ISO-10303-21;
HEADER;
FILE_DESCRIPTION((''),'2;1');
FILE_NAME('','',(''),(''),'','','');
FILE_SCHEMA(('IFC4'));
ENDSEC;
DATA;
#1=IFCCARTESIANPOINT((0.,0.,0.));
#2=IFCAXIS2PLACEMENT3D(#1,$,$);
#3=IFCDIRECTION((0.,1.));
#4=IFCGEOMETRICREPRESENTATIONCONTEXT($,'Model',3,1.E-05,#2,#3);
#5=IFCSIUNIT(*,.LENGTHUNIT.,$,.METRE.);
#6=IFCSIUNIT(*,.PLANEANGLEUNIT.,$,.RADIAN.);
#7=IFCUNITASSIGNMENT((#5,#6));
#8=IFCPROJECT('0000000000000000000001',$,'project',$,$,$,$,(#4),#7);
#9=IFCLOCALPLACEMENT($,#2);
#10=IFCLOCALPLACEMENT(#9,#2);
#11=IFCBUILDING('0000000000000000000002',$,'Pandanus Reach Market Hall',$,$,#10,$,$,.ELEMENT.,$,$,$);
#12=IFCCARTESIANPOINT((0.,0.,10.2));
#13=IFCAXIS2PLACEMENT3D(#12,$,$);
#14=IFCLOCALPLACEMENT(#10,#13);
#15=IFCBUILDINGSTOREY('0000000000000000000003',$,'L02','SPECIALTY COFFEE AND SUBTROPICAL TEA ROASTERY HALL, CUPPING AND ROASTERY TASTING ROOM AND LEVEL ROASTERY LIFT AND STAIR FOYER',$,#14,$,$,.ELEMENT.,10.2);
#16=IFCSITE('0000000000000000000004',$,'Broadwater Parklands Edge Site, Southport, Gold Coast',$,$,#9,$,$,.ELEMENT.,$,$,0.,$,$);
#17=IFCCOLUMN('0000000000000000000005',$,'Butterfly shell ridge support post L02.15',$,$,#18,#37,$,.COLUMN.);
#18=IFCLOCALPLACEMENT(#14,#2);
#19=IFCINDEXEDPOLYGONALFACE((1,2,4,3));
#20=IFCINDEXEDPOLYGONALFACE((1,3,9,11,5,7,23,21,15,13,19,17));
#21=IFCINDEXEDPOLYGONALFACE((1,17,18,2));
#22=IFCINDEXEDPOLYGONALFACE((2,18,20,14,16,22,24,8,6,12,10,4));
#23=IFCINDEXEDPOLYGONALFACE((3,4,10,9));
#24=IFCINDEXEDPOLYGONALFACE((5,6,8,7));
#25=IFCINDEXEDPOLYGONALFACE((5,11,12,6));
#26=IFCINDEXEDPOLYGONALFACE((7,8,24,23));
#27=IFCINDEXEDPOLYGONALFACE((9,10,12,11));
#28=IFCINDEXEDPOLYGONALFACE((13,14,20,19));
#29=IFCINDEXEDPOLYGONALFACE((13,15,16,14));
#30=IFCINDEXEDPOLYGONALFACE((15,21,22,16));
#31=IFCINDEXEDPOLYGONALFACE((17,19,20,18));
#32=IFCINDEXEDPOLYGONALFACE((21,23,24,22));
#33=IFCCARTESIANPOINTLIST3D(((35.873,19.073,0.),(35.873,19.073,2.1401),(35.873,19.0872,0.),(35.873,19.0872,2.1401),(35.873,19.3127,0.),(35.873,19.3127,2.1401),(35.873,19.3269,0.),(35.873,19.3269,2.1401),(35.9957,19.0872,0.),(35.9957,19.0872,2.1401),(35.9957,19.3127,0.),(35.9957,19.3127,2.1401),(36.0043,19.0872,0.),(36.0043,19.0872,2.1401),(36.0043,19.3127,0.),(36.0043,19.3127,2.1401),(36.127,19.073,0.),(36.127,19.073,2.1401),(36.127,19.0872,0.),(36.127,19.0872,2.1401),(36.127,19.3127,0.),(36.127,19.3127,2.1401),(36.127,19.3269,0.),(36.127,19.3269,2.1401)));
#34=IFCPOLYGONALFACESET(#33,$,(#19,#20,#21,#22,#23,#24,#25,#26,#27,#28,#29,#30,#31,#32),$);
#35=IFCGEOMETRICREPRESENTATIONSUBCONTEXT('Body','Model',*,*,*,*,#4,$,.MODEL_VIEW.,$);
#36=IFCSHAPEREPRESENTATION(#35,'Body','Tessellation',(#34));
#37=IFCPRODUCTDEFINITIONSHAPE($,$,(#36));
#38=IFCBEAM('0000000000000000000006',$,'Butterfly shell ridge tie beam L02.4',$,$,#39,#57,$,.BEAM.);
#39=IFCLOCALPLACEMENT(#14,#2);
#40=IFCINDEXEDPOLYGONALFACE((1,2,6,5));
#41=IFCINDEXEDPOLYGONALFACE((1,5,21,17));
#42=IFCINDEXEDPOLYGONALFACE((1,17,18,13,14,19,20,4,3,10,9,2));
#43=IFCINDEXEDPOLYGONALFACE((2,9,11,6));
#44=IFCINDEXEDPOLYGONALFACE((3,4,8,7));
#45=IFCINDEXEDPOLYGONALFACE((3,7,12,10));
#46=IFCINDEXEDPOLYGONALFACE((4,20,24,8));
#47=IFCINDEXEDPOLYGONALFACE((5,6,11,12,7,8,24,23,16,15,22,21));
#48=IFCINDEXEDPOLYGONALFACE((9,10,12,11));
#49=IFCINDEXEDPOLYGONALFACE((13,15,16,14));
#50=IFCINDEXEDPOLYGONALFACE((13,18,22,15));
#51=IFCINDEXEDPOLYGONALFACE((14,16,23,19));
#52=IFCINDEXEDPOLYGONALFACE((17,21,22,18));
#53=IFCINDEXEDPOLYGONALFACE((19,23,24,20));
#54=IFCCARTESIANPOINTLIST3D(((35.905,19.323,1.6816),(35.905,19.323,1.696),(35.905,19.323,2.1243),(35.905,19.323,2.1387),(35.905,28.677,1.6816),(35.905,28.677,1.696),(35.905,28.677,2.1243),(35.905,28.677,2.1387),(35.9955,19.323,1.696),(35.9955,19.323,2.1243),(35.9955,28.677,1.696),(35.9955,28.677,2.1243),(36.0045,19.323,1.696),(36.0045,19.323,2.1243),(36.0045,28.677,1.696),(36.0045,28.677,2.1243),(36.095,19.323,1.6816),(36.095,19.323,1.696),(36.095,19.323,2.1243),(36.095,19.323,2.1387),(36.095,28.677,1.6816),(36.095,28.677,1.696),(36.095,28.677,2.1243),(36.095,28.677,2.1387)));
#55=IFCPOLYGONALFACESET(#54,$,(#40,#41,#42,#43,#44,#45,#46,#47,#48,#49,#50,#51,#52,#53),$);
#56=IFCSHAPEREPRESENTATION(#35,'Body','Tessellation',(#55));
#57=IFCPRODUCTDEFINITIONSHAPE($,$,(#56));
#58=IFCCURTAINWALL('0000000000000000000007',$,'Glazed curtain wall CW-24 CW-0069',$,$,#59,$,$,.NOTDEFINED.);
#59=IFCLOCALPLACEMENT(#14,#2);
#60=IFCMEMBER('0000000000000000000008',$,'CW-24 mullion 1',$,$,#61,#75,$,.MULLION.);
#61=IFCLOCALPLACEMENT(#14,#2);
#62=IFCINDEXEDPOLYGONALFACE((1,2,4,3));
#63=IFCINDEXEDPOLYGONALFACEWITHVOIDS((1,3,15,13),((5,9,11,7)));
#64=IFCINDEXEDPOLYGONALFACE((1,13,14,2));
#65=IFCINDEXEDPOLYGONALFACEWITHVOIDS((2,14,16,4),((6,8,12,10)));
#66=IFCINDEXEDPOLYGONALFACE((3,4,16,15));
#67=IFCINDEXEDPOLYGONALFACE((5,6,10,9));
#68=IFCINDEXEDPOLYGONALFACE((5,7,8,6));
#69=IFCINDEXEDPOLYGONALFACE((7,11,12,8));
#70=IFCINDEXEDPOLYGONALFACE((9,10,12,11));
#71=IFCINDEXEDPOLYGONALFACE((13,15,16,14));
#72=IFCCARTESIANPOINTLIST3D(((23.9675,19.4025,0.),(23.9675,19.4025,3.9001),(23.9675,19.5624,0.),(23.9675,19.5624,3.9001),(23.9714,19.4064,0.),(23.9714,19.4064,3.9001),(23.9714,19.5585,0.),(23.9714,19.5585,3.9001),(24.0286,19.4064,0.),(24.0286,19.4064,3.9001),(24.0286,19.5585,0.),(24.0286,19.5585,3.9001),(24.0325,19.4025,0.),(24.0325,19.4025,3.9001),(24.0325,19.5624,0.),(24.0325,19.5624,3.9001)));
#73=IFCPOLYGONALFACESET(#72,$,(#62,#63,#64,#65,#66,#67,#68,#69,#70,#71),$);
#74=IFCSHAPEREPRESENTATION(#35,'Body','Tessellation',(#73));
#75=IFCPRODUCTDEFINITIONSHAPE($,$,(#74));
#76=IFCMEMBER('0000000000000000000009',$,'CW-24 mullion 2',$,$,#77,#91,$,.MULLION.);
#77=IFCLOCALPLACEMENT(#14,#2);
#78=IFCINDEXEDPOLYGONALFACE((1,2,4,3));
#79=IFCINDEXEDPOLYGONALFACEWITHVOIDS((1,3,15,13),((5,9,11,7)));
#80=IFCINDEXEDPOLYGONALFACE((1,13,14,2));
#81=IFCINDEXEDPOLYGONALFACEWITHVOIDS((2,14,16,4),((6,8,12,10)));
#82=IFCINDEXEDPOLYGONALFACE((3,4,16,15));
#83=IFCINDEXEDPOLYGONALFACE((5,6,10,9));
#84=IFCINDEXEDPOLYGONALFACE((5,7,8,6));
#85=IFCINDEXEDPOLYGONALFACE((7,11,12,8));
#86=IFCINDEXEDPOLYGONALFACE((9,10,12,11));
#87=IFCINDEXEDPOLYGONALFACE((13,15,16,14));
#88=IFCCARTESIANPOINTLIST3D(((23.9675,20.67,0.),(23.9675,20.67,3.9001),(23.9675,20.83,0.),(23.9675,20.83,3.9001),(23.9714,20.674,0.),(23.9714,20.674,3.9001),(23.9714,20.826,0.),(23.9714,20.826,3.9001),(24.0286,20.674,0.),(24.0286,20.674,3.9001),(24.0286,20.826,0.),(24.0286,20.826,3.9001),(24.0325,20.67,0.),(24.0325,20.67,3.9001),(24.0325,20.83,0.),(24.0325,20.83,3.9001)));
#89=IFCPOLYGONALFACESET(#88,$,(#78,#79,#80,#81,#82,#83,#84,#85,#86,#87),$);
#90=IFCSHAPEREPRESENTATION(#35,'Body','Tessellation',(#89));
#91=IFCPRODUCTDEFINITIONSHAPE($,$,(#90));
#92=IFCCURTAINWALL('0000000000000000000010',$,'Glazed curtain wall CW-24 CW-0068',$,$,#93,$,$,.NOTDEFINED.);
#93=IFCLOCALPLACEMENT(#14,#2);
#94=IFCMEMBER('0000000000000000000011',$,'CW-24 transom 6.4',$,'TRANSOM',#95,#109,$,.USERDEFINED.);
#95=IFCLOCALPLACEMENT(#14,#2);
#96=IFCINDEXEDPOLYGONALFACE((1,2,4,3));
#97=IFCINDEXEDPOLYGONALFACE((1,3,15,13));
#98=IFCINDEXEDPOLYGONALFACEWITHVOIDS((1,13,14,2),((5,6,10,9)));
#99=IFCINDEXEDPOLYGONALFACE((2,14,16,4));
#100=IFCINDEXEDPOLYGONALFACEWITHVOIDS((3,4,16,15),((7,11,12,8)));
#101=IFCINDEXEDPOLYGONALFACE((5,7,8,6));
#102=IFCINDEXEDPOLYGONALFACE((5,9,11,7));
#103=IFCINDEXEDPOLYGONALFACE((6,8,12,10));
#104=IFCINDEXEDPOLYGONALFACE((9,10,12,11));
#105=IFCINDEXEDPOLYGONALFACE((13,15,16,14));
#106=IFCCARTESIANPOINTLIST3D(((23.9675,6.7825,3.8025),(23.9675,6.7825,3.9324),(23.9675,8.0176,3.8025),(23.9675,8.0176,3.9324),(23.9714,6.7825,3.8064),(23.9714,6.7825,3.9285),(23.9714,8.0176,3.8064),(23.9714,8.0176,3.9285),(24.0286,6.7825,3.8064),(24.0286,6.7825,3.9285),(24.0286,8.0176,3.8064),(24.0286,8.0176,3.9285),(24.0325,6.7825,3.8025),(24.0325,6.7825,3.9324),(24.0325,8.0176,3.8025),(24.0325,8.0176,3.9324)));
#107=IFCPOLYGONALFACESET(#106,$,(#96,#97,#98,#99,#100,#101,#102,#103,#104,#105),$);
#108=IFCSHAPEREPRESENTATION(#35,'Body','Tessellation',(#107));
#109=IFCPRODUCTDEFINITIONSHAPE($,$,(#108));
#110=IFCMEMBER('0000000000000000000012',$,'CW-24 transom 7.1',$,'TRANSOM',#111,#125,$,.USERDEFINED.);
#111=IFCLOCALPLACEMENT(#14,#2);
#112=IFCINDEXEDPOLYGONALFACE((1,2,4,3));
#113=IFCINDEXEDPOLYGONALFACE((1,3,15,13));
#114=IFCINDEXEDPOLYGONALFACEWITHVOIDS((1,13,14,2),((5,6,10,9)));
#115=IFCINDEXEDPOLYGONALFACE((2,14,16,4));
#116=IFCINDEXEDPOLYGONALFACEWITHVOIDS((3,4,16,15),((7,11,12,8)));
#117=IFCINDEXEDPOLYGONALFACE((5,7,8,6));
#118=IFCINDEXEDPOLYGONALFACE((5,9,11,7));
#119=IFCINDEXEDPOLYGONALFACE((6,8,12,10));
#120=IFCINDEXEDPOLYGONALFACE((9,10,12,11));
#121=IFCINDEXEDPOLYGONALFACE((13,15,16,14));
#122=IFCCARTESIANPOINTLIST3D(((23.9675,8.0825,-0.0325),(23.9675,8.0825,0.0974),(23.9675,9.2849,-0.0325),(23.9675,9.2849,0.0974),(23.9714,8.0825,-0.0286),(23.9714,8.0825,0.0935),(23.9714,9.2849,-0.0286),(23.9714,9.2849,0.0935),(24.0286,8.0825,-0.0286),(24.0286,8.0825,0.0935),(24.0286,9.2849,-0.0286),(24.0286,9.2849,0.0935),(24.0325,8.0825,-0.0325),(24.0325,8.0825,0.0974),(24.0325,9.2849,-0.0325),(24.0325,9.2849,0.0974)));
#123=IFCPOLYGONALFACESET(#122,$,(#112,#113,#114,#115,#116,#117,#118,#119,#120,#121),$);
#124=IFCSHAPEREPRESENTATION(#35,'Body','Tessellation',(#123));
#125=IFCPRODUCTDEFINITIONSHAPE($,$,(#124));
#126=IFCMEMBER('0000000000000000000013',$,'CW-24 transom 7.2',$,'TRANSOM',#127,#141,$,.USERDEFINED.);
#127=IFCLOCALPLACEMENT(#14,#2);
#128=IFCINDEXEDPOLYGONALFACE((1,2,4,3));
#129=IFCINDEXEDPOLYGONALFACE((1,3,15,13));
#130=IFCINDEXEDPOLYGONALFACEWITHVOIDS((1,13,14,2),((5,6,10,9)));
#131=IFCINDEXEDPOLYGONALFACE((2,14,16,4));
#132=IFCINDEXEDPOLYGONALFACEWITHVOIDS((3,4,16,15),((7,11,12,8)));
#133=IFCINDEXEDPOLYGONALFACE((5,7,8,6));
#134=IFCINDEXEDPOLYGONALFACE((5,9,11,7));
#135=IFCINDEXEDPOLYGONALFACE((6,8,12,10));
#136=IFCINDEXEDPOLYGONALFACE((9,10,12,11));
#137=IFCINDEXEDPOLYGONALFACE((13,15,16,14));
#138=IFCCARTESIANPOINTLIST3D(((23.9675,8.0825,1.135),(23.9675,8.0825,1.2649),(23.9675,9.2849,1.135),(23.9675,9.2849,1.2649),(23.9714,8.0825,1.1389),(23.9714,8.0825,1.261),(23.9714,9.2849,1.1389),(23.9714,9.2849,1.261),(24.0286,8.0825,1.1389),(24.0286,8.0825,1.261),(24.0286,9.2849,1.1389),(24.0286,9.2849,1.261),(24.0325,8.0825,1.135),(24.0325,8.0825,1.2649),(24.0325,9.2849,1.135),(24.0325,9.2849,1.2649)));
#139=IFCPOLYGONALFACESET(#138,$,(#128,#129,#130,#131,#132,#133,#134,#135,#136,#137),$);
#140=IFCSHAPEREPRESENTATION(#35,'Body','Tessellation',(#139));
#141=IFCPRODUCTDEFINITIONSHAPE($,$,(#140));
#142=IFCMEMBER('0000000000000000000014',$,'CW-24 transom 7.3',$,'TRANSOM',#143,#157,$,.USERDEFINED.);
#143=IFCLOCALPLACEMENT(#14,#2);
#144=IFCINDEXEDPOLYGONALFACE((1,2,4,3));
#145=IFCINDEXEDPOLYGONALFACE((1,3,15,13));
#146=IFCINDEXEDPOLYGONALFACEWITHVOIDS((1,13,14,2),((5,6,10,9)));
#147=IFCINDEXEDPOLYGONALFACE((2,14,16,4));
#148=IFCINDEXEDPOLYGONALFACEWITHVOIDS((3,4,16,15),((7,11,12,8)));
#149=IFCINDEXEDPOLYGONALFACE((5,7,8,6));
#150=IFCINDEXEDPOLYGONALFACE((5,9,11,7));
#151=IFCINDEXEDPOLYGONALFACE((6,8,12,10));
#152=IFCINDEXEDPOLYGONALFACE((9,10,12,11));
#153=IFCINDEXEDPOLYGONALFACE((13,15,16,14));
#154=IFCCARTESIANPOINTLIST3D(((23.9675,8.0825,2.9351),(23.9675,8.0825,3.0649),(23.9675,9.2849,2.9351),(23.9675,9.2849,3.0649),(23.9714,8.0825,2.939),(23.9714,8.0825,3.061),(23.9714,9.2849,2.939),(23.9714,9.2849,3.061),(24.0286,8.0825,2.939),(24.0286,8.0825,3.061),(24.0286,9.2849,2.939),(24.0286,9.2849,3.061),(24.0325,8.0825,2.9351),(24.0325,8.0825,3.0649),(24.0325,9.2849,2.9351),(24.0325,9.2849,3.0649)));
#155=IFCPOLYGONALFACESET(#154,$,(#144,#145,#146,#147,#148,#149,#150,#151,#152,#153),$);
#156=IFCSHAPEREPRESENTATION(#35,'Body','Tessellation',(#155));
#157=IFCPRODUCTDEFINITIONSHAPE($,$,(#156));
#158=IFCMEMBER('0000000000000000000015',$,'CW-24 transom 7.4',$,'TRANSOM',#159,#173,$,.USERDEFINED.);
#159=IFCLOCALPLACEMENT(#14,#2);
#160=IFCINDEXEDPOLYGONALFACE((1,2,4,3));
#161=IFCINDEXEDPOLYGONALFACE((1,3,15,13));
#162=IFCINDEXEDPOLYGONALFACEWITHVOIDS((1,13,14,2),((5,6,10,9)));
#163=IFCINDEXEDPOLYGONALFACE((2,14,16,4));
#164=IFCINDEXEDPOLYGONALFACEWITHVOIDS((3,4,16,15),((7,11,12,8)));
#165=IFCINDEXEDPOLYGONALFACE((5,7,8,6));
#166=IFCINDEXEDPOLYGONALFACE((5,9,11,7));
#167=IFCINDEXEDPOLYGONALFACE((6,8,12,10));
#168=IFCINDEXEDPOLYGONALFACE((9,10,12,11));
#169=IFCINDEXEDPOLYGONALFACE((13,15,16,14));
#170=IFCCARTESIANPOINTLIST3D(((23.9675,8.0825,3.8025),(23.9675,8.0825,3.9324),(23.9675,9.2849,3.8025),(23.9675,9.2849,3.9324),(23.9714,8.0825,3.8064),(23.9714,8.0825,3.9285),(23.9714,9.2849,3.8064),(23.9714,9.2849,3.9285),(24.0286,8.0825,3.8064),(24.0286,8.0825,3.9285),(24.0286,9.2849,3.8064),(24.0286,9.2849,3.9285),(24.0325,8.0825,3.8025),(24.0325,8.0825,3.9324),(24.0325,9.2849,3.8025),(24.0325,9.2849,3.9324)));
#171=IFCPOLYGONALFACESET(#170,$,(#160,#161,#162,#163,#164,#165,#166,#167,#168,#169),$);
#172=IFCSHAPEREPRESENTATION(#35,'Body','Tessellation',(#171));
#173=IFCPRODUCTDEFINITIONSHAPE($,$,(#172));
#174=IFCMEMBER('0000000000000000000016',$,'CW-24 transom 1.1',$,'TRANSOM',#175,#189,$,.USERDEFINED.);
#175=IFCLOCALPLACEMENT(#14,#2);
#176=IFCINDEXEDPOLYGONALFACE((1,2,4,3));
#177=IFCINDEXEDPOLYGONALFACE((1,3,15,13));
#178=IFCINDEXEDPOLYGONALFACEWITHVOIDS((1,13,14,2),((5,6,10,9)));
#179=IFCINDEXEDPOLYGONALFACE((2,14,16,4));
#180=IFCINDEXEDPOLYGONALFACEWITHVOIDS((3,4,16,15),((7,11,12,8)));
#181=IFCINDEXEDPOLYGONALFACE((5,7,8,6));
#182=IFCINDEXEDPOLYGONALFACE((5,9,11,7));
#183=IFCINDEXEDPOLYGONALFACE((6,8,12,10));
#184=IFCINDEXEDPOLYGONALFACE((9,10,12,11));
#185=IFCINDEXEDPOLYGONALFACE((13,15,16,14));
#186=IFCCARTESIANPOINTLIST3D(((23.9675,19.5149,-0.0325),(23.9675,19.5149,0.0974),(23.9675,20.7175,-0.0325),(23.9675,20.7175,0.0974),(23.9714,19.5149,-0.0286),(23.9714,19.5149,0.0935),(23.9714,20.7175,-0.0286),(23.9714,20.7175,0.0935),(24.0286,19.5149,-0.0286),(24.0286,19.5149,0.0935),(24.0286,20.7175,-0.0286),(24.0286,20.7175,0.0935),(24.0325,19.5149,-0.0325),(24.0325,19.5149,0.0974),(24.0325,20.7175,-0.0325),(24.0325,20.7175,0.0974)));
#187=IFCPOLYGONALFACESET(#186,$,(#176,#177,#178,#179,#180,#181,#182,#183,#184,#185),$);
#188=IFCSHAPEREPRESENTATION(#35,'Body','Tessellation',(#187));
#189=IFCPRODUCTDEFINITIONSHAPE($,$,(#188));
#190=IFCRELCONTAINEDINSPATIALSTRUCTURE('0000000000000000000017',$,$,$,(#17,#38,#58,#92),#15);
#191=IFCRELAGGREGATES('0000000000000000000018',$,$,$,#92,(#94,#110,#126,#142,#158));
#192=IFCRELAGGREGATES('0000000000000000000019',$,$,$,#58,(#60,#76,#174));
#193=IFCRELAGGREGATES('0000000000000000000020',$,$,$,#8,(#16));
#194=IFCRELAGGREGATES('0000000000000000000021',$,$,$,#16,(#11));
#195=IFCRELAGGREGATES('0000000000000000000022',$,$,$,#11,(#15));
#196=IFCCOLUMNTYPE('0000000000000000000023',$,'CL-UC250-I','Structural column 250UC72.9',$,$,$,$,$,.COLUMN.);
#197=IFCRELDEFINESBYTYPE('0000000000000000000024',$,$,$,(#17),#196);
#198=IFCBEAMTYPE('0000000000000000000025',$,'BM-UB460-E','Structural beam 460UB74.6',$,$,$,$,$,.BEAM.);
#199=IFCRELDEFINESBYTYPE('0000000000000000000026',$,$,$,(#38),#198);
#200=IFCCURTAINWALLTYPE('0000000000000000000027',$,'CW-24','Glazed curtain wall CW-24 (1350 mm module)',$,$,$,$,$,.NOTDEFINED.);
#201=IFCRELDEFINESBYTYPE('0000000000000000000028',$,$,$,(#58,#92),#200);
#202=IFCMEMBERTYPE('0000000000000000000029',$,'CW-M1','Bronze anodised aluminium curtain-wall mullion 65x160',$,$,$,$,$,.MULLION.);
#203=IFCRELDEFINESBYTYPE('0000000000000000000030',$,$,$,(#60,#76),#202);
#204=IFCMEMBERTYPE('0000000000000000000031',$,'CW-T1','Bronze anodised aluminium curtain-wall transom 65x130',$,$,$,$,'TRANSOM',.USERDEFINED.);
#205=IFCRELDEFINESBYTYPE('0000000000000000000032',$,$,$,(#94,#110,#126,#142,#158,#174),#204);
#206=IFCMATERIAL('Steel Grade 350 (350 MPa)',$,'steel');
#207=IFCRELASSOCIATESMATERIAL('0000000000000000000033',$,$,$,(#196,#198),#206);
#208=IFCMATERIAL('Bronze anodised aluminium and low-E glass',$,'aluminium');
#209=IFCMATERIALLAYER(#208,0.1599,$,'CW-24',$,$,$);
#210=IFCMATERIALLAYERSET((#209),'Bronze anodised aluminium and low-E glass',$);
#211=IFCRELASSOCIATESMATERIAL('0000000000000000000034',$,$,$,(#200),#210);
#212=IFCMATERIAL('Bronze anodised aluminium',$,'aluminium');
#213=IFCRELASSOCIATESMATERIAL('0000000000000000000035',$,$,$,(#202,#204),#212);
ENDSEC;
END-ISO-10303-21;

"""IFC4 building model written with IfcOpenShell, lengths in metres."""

from ifc_helpers import new_model, si_unit, direction, frame, origin, origin_2d, place, context, subcontext, project, spatial, hollow_rectangle, i_section, extrude, material, layer, layer_set, material_profile, profile_set, type_object, element, aggregate, save


model = new_model("IFC4")

# Units and contexts
model_context = context("Model", 3, precision=1e-05, world=origin(), true_north=direction((0.0, 1.0)))
body_context = subcontext(model_context, "Body", "Model", "MODEL_VIEW")
ifc_project = project(units=[si_unit("LENGTHUNIT", "METRE"), si_unit("PLANEANGLEUNIT", "RADIAN")], contexts=[model_context])

# Site, building, storey
site_placement = place(None, origin())
site = spatial("IfcSite", under=ifc_project, at=site_placement, Name="Broadwater Parklands Edge Site, Southport, Gold Coast", CompositionType="ELEMENT", RefElevation=0.0)
building_placement = place(site_placement, origin())
building = spatial("IfcBuilding", under=site, at=building_placement, Name="Pandanus Reach Market Hall", CompositionType="ELEMENT")
storey_placement = place(building_placement, frame((0.0, 0.0, 10.2)))
storey = spatial("IfcBuildingStorey", under=building, at=storey_placement, Name="L02", Description="SPECIALTY COFFEE AND SUBTROPICAL TEA ROASTERY HALL, CUPPING AND ROASTERY TASTING ROOM AND LEVEL ROASTERY LIFT AND STAIR FOYER", CompositionType="ELEMENT", Elevation=10.2)

# Column
ifc_material_1 = material(Name="Steel Grade 350 (350 MPa)", Category="steel")
ifc_material_profile_1 = material_profile(ifc_material_1, i_section(OverallWidth=0.2539, OverallDepth=0.2539, WebThickness=0.0085, FlangeThickness=0.0142, at=origin_2d()), Name="250UC72.9", Category="LoadBearing")
ifc_profile_set_1 = profile_set([ifc_material_profile_1], Name="Steel Grade 350 (350 MPa)")
column_type = type_object("IfcColumnType", Name="CL-UC250-I", Description="Structural column 250UC72.9", PredefinedType="COLUMN", material=ifc_profile_set_1)
column_placement = place(storey_placement, frame((36.0, 19.2, 0.0), z_axis=(0.0, 0.0, 1.0), x_axis=(1.0, 0.0, 0.0)))
element("IfcColumn", 1, at=column_placement, inside=storey, type_object=column_type, Name="Butterfly shell ridge support post L02.15", PredefinedType="COLUMN", context=body_context, shape_type="SweptSolid", body=[
    extrude(i_section(OverallWidth=0.2539, OverallDepth=0.2539, WebThickness=0.0085, FlangeThickness=0.0142, at=origin_2d()), origin(), (0.0, 0.0, 1.0), 2.1401),
])

# Beam
ifc_material_profile_2 = material_profile(ifc_material_1, i_section(OverallWidth=0.1899, OverallDepth=0.457, WebThickness=0.009, FlangeThickness=0.0144, at=origin_2d()), Name="460UB74.6", Category="LoadBearing")
ifc_profile_set_2 = profile_set([ifc_material_profile_2], Name="Steel Grade 350 (350 MPa)")
beam_type = type_object("IfcBeamType", Name="BM-UB460-E", Description="Structural beam 460UB74.6", PredefinedType="BEAM", material=ifc_profile_set_2)
beam_placement = place(storey_placement, frame((36.0, 19.323, 1.9102), z_axis=(0.0, 1.0, 0.0), x_axis=(-1.0, 0.0, 0.0)))
element("IfcBeam", 2, at=beam_placement, inside=storey, type_object=beam_type, Name="Butterfly shell ridge tie beam L02.4", PredefinedType="BEAM", context=body_context, shape_type="SweptSolid", body=[
    extrude(i_section(OverallWidth=0.1899, OverallDepth=0.457, WebThickness=0.009, FlangeThickness=0.0144, at=origin_2d()), origin(), (0.0, 0.0, 1.0), 9.354),
])

# Curtain walls, members
ifc_material_2 = material(Name="Bronze anodised aluminium and low-E glass", Category="aluminium")
ifc_layer_1 = layer(ifc_material_2, 0.1599, Name="CW-24")
ifc_layer_set_1 = layer_set([ifc_layer_1], Name="Bronze anodised aluminium and low-E glass")
curtain_wall_type = type_object("IfcCurtainWallType", Name="CW-24", Description="Glazed curtain wall CW-24 (1350 mm module)", PredefinedType="NOTDEFINED", material=ifc_layer_set_1)
curtain_wall_1_placement = place(storey_placement, origin())
curtain_wall_1 = element("IfcCurtainWall", 3, at=curtain_wall_1_placement, inside=storey, type_object=curtain_wall_type, Name="Glazed curtain wall CW-24 CW-0069", PredefinedType="NOTDEFINED")
ifc_material_3 = material(Name="Bronze anodised aluminium", Category="aluminium")
ifc_material_profile_3 = material_profile(ifc_material_3, hollow_rectangle(XDim=0.0649, YDim=0.1599, WallThickness=0.0039, at=origin_2d()), Name="ALU65x160", Category="LoadBearing")
ifc_profile_set_3 = profile_set([ifc_material_profile_3], Name="Bronze anodised aluminium")
member_type_1 = type_object("IfcMemberType", Name="CW-M1", Description="Bronze anodised aluminium curtain-wall mullion 65x160", PredefinedType="MULLION", material=ifc_profile_set_3)
member_1_placement = place(storey_placement, frame((24.0, 19.4824, 0.0), z_axis=(0.0, 0.0, 1.0), x_axis=(-1.0, 0.0, 0.0)))
member_1 = element("IfcMember", 4, at=member_1_placement, type_object=member_type_1, Name="CW-24 mullion 1", PredefinedType="MULLION", context=body_context, shape_type="SweptSolid", body=[
    extrude(hollow_rectangle(XDim=0.0649, YDim=0.1599, WallThickness=0.0039, at=origin_2d()), origin(), (0.0, 0.0, 1.0), 3.9001),
])
member_2_placement = place(storey_placement, frame((24.0, 20.75, 0.0), z_axis=(0.0, 0.0, 1.0), x_axis=(-1.0, 0.0, 0.0)))
member_2 = element("IfcMember", 5, at=member_2_placement, type_object=member_type_1, Name="CW-24 mullion 2", PredefinedType="MULLION", context=body_context, shape_type="SweptSolid", body=[
    extrude(hollow_rectangle(XDim=0.0649, YDim=0.1599, WallThickness=0.0039, at=origin_2d()), origin(), (0.0, 0.0, 1.0), 3.9001),
])
curtain_wall_2_placement = place(storey_placement, origin())
curtain_wall_2 = element("IfcCurtainWall", 6, at=curtain_wall_2_placement, inside=storey, type_object=curtain_wall_type, Name="Glazed curtain wall CW-24 CW-0068", PredefinedType="NOTDEFINED")
ifc_material_profile_4 = material_profile(ifc_material_3, hollow_rectangle(XDim=0.0649, YDim=0.1299, WallThickness=0.0039, at=origin_2d()), Name="ALU65x130", Category="LoadBearing")
ifc_profile_set_4 = profile_set([ifc_material_profile_4], Name="Bronze anodised aluminium")
member_type_2 = type_object("IfcMemberType", Name="CW-T1", Description="Bronze anodised aluminium curtain-wall transom 65x130", ElementType="TRANSOM", PredefinedType="USERDEFINED", material=ifc_profile_set_4)
member_3_placement = place(storey_placement, frame((24.0, 6.7825, 3.8674), z_axis=(0.0, 1.0, 0.0), x_axis=(-1.0, 0.0, 0.0)))
member_3 = element("IfcMember", 7, at=member_3_placement, type_object=member_type_2, Name="CW-24 transom 6.4", ObjectType="TRANSOM", PredefinedType="USERDEFINED", context=body_context, shape_type="SweptSolid", body=[
    extrude(hollow_rectangle(XDim=0.0649, YDim=0.1299, WallThickness=0.0039, at=origin_2d()), origin(), (0.0, 0.0, 1.0), 1.2351),
])
member_4_placement = place(storey_placement, frame((24.0, 8.0825, 0.0325), z_axis=(0.0, 1.0, 0.0), x_axis=(-1.0, 0.0, 0.0)))
member_4 = element("IfcMember", 8, at=member_4_placement, type_object=member_type_2, Name="CW-24 transom 7.1", ObjectType="TRANSOM", PredefinedType="USERDEFINED", context=body_context, shape_type="SweptSolid", body=[
    extrude(hollow_rectangle(XDim=0.0649, YDim=0.1299, WallThickness=0.0039, at=origin_2d()), origin(), (0.0, 0.0, 1.0), 1.2024),
])
member_5_placement = place(storey_placement, frame((24.0, 8.0825, 1.2), z_axis=(0.0, 1.0, 0.0), x_axis=(-1.0, 0.0, 0.0)))
member_5 = element("IfcMember", 9, at=member_5_placement, type_object=member_type_2, Name="CW-24 transom 7.2", ObjectType="TRANSOM", PredefinedType="USERDEFINED", context=body_context, shape_type="SweptSolid", body=[
    extrude(hollow_rectangle(XDim=0.0649, YDim=0.1299, WallThickness=0.0039, at=origin_2d()), origin(), (0.0, 0.0, 1.0), 1.2024),
])
member_6_placement = place(storey_placement, frame((24.0, 8.0825, 3.0), z_axis=(0.0, 1.0, 0.0), x_axis=(-1.0, 0.0, 0.0)))
member_6 = element("IfcMember", 10, at=member_6_placement, type_object=member_type_2, Name="CW-24 transom 7.3", ObjectType="TRANSOM", PredefinedType="USERDEFINED", context=body_context, shape_type="SweptSolid", body=[
    extrude(hollow_rectangle(XDim=0.0649, YDim=0.1299, WallThickness=0.0039, at=origin_2d()), origin(), (0.0, 0.0, 1.0), 1.2024),
])
member_7_placement = place(storey_placement, frame((24.0, 8.0825, 3.8674), z_axis=(0.0, 1.0, 0.0), x_axis=(-1.0, 0.0, 0.0)))
member_7 = element("IfcMember", 11, at=member_7_placement, type_object=member_type_2, Name="CW-24 transom 7.4", ObjectType="TRANSOM", PredefinedType="USERDEFINED", context=body_context, shape_type="SweptSolid", body=[
    extrude(hollow_rectangle(XDim=0.0649, YDim=0.1299, WallThickness=0.0039, at=origin_2d()), origin(), (0.0, 0.0, 1.0), 1.2024),
])

# Member
member_8_placement = place(storey_placement, frame((24.0, 19.5149, 0.0325), z_axis=(0.0, 1.0, 0.0), x_axis=(-1.0, 0.0, 0.0)))
member_8 = element("IfcMember", 12, at=member_8_placement, type_object=member_type_2, Name="CW-24 transom 1.1", ObjectType="TRANSOM", PredefinedType="USERDEFINED", context=body_context, shape_type="SweptSolid", body=[
    extrude(hollow_rectangle(XDim=0.0649, YDim=0.1299, WallThickness=0.0039, at=origin_2d()), origin(), (0.0, 0.0, 1.0), 1.2026),
])

aggregate(curtain_wall_2, [member_3, member_4, member_5, member_6, member_7])
aggregate(curtain_wall_1, [member_1, member_2, member_8])

save(model, "model.ifc")
